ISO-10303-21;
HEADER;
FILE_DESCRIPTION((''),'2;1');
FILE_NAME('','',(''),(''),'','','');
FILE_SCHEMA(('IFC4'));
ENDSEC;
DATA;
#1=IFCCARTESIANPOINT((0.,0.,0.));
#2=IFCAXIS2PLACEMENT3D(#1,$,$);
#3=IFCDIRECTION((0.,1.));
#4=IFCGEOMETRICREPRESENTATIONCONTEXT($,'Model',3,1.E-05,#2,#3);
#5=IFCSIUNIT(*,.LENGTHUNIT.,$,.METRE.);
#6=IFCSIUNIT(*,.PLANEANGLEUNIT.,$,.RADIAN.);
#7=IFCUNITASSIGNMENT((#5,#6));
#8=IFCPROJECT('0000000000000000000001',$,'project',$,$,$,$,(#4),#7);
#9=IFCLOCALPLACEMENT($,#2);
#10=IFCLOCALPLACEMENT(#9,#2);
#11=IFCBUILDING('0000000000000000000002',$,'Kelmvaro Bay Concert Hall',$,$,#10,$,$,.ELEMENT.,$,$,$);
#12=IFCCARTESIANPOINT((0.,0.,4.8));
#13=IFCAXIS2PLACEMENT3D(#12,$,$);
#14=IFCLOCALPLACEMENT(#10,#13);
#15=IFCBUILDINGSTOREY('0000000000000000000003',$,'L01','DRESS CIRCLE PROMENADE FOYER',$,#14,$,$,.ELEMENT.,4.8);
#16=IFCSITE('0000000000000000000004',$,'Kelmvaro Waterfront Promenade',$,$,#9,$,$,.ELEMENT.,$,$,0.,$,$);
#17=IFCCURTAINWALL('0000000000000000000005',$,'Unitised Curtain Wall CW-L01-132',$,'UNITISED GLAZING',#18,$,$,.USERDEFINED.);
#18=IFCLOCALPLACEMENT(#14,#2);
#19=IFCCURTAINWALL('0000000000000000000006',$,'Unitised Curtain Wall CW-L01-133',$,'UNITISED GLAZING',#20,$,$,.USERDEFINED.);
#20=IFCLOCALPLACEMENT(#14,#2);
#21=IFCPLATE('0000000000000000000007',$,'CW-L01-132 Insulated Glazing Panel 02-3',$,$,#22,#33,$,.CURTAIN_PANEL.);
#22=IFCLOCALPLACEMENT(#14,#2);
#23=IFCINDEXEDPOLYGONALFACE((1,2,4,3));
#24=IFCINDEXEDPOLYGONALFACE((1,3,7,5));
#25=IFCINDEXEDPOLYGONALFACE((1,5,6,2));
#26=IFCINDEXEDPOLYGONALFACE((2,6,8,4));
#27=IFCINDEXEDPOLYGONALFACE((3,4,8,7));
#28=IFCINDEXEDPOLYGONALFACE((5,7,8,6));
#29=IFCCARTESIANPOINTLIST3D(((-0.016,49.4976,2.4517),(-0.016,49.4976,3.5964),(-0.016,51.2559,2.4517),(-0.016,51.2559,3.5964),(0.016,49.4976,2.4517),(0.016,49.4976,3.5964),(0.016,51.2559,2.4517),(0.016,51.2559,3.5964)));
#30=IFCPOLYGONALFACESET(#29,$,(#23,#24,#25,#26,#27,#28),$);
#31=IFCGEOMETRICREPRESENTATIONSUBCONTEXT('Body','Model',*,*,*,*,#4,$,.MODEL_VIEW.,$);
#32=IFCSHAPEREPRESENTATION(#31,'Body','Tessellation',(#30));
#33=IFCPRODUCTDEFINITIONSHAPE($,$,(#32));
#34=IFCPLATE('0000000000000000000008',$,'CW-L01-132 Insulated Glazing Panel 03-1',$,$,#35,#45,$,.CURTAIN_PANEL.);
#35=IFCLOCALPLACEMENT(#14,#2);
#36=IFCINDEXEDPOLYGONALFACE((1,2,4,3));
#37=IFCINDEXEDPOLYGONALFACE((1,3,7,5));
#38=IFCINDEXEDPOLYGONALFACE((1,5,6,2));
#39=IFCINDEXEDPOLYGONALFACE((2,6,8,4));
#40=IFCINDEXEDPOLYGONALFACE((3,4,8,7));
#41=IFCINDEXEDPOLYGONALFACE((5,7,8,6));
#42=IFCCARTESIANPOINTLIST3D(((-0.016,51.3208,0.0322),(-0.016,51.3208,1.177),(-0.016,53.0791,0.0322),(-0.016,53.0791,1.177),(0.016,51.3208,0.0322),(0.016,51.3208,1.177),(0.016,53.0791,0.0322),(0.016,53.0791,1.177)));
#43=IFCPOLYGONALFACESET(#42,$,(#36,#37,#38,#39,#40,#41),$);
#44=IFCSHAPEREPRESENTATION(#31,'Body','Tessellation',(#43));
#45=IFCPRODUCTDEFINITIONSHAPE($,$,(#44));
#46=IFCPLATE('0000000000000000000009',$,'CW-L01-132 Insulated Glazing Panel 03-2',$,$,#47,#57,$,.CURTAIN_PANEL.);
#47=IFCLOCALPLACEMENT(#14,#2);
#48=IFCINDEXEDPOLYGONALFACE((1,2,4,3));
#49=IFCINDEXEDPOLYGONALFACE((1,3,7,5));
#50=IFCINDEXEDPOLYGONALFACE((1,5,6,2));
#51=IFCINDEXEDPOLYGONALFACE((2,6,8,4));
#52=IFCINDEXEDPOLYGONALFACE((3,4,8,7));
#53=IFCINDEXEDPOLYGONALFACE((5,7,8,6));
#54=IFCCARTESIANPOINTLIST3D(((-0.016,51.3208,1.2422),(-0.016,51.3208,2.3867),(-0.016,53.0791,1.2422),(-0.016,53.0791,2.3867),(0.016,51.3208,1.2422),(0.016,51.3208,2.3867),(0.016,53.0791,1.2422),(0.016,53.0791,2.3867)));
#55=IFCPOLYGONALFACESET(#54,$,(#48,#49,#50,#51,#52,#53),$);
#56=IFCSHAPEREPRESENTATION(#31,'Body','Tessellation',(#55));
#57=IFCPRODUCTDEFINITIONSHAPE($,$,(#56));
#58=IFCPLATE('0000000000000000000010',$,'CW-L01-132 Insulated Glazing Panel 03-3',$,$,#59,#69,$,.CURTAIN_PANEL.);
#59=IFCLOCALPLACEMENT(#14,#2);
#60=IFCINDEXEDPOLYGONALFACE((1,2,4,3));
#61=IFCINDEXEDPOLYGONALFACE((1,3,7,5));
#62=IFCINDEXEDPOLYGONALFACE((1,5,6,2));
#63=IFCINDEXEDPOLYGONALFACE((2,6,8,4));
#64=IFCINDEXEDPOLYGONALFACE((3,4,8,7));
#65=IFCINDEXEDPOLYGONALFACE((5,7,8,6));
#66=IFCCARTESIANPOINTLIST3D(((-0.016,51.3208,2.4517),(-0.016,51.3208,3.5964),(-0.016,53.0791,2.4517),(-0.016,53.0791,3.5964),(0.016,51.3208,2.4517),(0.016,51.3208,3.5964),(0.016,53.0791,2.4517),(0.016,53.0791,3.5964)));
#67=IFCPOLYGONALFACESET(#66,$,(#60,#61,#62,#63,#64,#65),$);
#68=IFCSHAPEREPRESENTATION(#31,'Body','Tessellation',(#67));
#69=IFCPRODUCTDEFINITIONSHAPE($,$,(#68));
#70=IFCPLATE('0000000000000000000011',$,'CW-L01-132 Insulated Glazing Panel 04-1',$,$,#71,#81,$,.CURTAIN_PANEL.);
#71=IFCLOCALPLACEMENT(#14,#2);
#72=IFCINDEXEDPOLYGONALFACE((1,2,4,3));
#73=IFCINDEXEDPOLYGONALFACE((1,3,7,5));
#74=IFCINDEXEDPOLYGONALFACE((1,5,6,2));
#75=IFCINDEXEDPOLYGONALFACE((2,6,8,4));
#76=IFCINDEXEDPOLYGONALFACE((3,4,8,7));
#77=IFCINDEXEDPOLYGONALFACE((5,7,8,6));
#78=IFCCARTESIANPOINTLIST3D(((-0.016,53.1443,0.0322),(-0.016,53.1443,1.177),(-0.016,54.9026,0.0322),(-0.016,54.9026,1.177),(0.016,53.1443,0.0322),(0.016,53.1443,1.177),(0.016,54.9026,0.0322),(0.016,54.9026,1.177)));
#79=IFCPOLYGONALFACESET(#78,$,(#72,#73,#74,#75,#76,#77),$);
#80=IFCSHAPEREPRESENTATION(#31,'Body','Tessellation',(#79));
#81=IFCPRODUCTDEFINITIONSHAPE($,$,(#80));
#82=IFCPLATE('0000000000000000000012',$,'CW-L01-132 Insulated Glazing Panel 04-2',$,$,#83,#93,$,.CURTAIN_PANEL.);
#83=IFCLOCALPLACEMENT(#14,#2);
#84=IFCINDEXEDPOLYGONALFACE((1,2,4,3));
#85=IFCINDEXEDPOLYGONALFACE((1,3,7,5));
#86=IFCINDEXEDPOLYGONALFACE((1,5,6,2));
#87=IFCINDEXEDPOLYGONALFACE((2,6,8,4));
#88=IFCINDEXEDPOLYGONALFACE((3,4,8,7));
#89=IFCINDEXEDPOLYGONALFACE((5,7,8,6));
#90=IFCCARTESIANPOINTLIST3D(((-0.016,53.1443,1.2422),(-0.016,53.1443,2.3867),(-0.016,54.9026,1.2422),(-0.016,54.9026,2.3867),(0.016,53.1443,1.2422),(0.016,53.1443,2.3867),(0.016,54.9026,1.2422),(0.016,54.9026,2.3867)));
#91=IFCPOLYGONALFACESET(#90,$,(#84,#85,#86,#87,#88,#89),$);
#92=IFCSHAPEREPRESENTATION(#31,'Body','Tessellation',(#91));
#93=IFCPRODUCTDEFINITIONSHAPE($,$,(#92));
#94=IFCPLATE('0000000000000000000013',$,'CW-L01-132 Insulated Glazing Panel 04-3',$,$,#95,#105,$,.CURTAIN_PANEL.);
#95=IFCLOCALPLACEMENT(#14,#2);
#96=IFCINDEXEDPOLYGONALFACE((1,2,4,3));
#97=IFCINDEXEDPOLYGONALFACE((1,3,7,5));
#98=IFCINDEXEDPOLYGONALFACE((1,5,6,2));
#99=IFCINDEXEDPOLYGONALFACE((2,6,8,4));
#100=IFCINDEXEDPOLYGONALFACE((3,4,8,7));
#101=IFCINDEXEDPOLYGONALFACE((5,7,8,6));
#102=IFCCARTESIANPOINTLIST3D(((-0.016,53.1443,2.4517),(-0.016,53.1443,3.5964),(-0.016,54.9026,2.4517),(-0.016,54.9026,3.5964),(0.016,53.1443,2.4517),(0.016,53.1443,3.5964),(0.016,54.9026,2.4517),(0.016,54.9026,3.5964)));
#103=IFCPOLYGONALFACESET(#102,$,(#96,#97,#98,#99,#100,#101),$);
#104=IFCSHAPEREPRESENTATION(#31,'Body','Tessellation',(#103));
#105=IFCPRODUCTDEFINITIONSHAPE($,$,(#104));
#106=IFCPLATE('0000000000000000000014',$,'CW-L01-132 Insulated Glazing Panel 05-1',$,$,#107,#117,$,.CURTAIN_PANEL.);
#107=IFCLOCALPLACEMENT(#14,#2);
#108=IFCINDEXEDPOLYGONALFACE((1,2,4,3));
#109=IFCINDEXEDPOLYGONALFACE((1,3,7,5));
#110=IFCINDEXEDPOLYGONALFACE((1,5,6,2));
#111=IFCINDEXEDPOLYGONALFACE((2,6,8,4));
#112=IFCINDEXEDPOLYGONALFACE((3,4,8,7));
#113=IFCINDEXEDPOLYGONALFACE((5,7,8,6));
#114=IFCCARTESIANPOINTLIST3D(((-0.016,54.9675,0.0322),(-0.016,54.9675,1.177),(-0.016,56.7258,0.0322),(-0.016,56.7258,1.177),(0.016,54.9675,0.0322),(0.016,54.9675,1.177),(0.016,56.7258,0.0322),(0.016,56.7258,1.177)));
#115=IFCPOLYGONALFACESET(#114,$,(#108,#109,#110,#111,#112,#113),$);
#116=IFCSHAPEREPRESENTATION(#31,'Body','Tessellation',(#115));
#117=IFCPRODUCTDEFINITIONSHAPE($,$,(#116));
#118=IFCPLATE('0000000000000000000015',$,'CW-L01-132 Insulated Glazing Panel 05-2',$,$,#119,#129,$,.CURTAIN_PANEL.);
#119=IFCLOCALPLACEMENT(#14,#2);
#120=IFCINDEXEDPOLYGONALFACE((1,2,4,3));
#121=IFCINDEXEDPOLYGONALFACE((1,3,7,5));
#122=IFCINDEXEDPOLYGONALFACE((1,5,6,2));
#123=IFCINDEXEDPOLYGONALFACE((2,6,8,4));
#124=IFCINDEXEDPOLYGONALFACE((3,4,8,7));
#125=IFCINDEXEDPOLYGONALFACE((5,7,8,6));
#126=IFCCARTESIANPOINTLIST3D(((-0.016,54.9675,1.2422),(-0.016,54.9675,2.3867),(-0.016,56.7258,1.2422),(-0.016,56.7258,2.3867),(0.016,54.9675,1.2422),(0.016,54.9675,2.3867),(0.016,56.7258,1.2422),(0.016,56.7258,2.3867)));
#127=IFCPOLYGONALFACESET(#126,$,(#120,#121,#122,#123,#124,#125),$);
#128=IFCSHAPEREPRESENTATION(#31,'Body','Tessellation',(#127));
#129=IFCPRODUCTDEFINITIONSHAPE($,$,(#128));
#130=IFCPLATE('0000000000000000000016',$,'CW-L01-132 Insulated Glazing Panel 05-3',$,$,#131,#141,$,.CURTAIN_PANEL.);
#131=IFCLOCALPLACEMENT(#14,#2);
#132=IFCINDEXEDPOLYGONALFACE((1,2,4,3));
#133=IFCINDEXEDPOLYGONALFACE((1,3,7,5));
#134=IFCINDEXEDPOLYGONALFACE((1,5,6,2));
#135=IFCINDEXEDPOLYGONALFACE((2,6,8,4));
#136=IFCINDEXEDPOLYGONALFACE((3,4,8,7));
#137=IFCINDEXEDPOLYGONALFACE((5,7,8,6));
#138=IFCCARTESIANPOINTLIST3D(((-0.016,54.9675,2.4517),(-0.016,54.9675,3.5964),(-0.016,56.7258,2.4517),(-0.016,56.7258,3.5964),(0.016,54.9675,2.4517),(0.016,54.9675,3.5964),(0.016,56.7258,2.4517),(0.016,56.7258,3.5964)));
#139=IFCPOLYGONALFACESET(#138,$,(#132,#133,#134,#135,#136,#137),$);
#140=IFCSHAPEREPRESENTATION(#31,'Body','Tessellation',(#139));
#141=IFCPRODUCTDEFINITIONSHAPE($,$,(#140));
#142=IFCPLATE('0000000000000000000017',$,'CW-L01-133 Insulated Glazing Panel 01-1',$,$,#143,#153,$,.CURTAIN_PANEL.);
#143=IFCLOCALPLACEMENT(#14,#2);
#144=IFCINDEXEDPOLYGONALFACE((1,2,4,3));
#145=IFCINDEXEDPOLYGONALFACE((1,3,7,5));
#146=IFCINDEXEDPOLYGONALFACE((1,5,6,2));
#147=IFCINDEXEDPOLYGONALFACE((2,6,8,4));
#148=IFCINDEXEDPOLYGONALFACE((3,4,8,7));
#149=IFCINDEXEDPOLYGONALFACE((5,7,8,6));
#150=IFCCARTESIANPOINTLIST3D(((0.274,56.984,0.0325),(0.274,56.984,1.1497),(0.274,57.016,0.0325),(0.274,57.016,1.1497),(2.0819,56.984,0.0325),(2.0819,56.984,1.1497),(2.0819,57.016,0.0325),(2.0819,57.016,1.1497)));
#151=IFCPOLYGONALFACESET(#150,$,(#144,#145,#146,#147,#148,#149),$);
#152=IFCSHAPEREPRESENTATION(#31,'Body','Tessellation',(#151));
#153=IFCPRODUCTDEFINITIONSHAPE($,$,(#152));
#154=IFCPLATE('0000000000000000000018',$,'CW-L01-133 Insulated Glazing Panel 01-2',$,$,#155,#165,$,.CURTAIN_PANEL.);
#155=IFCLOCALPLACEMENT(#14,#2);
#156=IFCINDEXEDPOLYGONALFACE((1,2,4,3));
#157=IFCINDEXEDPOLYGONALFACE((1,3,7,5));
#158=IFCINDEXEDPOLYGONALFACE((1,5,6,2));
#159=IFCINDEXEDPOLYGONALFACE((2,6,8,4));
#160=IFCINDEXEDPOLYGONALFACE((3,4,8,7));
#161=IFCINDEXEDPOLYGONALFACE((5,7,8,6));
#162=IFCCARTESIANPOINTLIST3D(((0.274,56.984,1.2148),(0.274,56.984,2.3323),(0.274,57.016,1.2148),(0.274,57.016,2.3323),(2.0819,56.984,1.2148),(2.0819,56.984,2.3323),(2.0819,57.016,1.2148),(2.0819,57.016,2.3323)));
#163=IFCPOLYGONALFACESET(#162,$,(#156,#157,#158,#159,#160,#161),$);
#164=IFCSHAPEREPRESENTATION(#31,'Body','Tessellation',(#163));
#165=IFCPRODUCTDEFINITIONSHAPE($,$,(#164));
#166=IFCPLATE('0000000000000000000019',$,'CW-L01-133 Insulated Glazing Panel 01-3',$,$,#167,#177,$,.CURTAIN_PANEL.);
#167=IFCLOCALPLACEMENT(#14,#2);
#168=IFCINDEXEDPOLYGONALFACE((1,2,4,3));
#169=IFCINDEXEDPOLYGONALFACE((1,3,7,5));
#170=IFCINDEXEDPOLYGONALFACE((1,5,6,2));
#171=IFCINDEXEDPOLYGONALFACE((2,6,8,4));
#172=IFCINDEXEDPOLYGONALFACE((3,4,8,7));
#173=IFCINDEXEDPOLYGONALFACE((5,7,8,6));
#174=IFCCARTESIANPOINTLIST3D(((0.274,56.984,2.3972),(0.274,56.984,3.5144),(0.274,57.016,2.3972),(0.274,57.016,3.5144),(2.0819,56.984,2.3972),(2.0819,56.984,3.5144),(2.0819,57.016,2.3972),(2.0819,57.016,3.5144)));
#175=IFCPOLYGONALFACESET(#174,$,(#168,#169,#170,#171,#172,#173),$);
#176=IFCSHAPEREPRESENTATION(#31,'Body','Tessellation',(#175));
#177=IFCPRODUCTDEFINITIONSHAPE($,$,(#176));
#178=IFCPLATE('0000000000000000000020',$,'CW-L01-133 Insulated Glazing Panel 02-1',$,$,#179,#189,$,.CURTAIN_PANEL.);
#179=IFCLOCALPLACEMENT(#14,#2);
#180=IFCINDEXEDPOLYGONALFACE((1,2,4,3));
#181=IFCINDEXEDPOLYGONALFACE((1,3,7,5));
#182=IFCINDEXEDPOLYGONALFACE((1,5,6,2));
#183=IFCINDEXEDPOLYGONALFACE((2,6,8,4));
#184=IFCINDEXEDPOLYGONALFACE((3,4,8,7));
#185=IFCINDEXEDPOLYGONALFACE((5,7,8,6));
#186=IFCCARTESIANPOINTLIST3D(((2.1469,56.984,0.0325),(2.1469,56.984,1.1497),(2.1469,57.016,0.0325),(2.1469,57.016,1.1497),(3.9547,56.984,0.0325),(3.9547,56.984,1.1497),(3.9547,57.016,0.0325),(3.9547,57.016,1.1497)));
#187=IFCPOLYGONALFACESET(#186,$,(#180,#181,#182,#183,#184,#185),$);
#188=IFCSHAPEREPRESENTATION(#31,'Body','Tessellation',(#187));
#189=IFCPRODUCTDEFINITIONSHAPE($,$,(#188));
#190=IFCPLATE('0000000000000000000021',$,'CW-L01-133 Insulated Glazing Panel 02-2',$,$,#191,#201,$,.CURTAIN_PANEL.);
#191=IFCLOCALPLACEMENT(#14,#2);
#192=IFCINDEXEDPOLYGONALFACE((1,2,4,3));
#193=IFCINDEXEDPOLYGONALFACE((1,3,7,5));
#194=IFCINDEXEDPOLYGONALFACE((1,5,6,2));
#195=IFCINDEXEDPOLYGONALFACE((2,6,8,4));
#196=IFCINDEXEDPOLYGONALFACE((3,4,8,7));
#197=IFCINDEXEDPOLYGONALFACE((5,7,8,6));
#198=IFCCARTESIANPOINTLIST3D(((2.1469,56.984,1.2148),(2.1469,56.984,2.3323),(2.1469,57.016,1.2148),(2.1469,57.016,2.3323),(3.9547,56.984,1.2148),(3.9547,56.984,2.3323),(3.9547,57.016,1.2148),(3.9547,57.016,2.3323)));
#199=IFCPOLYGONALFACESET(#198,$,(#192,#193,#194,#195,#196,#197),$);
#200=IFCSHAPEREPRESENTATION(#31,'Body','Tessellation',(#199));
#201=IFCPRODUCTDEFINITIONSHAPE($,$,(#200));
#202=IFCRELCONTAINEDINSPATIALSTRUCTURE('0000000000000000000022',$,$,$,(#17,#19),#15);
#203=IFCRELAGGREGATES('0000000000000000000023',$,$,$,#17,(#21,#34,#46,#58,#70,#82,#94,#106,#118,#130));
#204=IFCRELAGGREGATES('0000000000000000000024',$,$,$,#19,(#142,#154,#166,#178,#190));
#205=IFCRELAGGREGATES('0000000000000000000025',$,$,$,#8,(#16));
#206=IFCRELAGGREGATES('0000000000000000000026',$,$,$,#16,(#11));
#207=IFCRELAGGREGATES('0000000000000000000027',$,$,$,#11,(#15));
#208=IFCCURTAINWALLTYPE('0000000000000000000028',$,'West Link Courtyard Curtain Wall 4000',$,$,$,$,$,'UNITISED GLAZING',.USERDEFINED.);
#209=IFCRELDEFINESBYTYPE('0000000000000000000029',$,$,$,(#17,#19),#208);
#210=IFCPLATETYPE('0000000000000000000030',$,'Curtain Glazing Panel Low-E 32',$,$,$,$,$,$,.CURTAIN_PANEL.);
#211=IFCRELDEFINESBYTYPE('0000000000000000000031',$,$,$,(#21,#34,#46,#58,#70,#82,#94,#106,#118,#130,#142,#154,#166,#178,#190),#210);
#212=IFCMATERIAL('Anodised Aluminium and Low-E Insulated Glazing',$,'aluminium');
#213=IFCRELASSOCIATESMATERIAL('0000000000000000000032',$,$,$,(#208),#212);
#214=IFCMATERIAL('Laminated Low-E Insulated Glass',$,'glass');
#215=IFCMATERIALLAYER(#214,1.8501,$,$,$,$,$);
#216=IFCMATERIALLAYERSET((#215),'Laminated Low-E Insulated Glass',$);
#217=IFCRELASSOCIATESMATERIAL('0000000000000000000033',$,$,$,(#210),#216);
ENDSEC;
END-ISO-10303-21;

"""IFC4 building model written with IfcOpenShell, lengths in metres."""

from ifc_helpers import new_model, si_unit, direction, frame, origin, origin_2d, place, context, subcontext, project, spatial, rectangle, extrude, material, layer, layer_set, type_object, element, aggregate, save


model = new_model("IFC4")

# Units and contexts
model_context = context("Model", 3, precision=1e-05, world=origin(), true_north=direction((0.0, 1.0)))
body_context = subcontext(model_context, "Body", "Model", "MODEL_VIEW")
ifc_project = project(units=[si_unit("LENGTHUNIT", "METRE"), si_unit("PLANEANGLEUNIT", "RADIAN")], contexts=[model_context])

# Site, building, storey
site_placement = place(None, origin())
site = spatial("IfcSite", under=ifc_project, at=site_placement, Name="Kelmvaro Waterfront Promenade", CompositionType="ELEMENT", RefElevation=0.0)
building_placement = place(site_placement, origin())
building = spatial("IfcBuilding", under=site, at=building_placement, Name="Kelmvaro Bay Concert Hall", CompositionType="ELEMENT")
storey_placement = place(building_placement, frame((0.0, 0.0, 4.8)))
storey = spatial("IfcBuildingStorey", under=building, at=storey_placement, Name="L01", Description="DRESS CIRCLE PROMENADE FOYER", CompositionType="ELEMENT", Elevation=4.8)

# Curtain walls
ifc_material_1 = material(Name="Anodised Aluminium and Low-E Insulated Glazing", Category="aluminium")
curtain_wall_type = type_object("IfcCurtainWallType", Name="West Link Courtyard Curtain Wall 4000", ElementType="UNITISED GLAZING", PredefinedType="USERDEFINED", material=ifc_material_1)
curtain_wall_1_placement = place(storey_placement, origin())
curtain_wall_1 = element("IfcCurtainWall", 1, at=curtain_wall_1_placement, inside=storey, type_object=curtain_wall_type, Name="Unitised Curtain Wall CW-L01-132", ObjectType="UNITISED GLAZING", PredefinedType="USERDEFINED")
curtain_wall_2_placement = place(storey_placement, origin())
curtain_wall_2 = element("IfcCurtainWall", 2, at=curtain_wall_2_placement, inside=storey, type_object=curtain_wall_type, Name="Unitised Curtain Wall CW-L01-133", ObjectType="UNITISED GLAZING", PredefinedType="USERDEFINED")

# Plates
ifc_material_2 = material(Name="Laminated Low-E Insulated Glass", Category="glass")
ifc_layer = layer(ifc_material_2, 1.8501)
ifc_layer_set = layer_set([ifc_layer], Name="Laminated Low-E Insulated Glass")
plate_type = type_object("IfcPlateType", Name="Curtain Glazing Panel Low-E 32", PredefinedType="CURTAIN_PANEL", material=ifc_layer_set)
plate_1_placement = place(storey_placement, frame((0.0, 50.3767, 2.4517), z_axis=(0.0, 0.0, 1.0), x_axis=(0.0, 1.0, 0.0)))
plate_1 = element("IfcPlate", 3, at=plate_1_placement, type_object=plate_type, Name="CW-L01-132 Insulated Glazing Panel 02-3", PredefinedType="CURTAIN_PANEL", context=body_context, shape_type="SweptSolid", body=[
    extrude(rectangle(XDim=1.7583, YDim=0.032, at=origin_2d()), origin(), (0.0, 0.0, 1.0), 1.1448),
])
plate_2_placement = place(storey_placement, frame((0.0, 52.2, 0.0322), z_axis=(0.0, 0.0, 1.0), x_axis=(0.0, 1.0, 0.0)))
plate_2 = element("IfcPlate", 4, at=plate_2_placement, type_object=plate_type, Name="CW-L01-132 Insulated Glazing Panel 03-1", PredefinedType="CURTAIN_PANEL", context=body_context, shape_type="SweptSolid", body=[
    extrude(rectangle(XDim=1.7583, YDim=0.032, at=origin_2d()), origin(), (0.0, 0.0, 1.0), 1.1448),
])
plate_3_placement = place(storey_placement, frame((0.0, 52.2, 1.2422), z_axis=(0.0, 0.0, 1.0), x_axis=(0.0, 1.0, 0.0)))
plate_3 = element("IfcPlate", 5, at=plate_3_placement, type_object=plate_type, Name="CW-L01-132 Insulated Glazing Panel 03-2", PredefinedType="CURTAIN_PANEL", context=body_context, shape_type="SweptSolid", body=[
    extrude(rectangle(XDim=1.7583, YDim=0.032, at=origin_2d()), origin(), (0.0, 0.0, 1.0), 1.1445),
])
plate_4_placement = place(storey_placement, frame((0.0, 52.2, 2.4517), z_axis=(0.0, 0.0, 1.0), x_axis=(0.0, 1.0, 0.0)))
plate_4 = element("IfcPlate", 6, at=plate_4_placement, type_object=plate_type, Name="CW-L01-132 Insulated Glazing Panel 03-3", PredefinedType="CURTAIN_PANEL", context=body_context, shape_type="SweptSolid", body=[
    extrude(rectangle(XDim=1.7583, YDim=0.032, at=origin_2d()), origin(), (0.0, 0.0, 1.0), 1.1448),
])
plate_5_placement = place(storey_placement, frame((0.0, 54.0234, 0.0322), z_axis=(0.0, 0.0, 1.0), x_axis=(0.0, 1.0, 0.0)))
plate_5 = element("IfcPlate", 7, at=plate_5_placement, type_object=plate_type, Name="CW-L01-132 Insulated Glazing Panel 04-1", PredefinedType="CURTAIN_PANEL", context=body_context, shape_type="SweptSolid", body=[
    extrude(rectangle(XDim=1.7583, YDim=0.032, at=origin_2d()), origin(), (0.0, 0.0, 1.0), 1.1448),
])
plate_6_placement = place(storey_placement, frame((0.0, 54.0234, 1.2422), z_axis=(0.0, 0.0, 1.0), x_axis=(0.0, 1.0, 0.0)))
plate_6 = element("IfcPlate", 8, at=plate_6_placement, type_object=plate_type, Name="CW-L01-132 Insulated Glazing Panel 04-2", PredefinedType="CURTAIN_PANEL", context=body_context, shape_type="SweptSolid", body=[
    extrude(rectangle(XDim=1.7583, YDim=0.032, at=origin_2d()), origin(), (0.0, 0.0, 1.0), 1.1445),
])
plate_7_placement = place(storey_placement, frame((0.0, 54.0234, 2.4517), z_axis=(0.0, 0.0, 1.0), x_axis=(0.0, 1.0, 0.0)))
plate_7 = element("IfcPlate", 9, at=plate_7_placement, type_object=plate_type, Name="CW-L01-132 Insulated Glazing Panel 04-3", PredefinedType="CURTAIN_PANEL", context=body_context, shape_type="SweptSolid", body=[
    extrude(rectangle(XDim=1.7583, YDim=0.032, at=origin_2d()), origin(), (0.0, 0.0, 1.0), 1.1448),
])
plate_8_placement = place(storey_placement, frame((0.0, 55.8467, 0.0322), z_axis=(0.0, 0.0, 1.0), x_axis=(0.0, 1.0, 0.0)))
plate_8 = element("IfcPlate", 10, at=plate_8_placement, type_object=plate_type, Name="CW-L01-132 Insulated Glazing Panel 05-1", PredefinedType="CURTAIN_PANEL", context=body_context, shape_type="SweptSolid", body=[
    extrude(rectangle(XDim=1.7583, YDim=0.032, at=origin_2d()), origin(), (0.0, 0.0, 1.0), 1.1448),
])
plate_9_placement = place(storey_placement, frame((0.0, 55.8467, 1.2422), z_axis=(0.0, 0.0, 1.0), x_axis=(0.0, 1.0, 0.0)))
plate_9 = element("IfcPlate", 11, at=plate_9_placement, type_object=plate_type, Name="CW-L01-132 Insulated Glazing Panel 05-2", PredefinedType="CURTAIN_PANEL", context=body_context, shape_type="SweptSolid", body=[
    extrude(rectangle(XDim=1.7583, YDim=0.032, at=origin_2d()), origin(), (0.0, 0.0, 1.0), 1.1445),
])
plate_10_placement = place(storey_placement, frame((0.0, 55.8467, 2.4517), z_axis=(0.0, 0.0, 1.0), x_axis=(0.0, 1.0, 0.0)))
plate_10 = element("IfcPlate", 12, at=plate_10_placement, type_object=plate_type, Name="CW-L01-132 Insulated Glazing Panel 05-3", PredefinedType="CURTAIN_PANEL", context=body_context, shape_type="SweptSolid", body=[
    extrude(rectangle(XDim=1.7583, YDim=0.032, at=origin_2d()), origin(), (0.0, 0.0, 1.0), 1.1448),
])
aggregate(curtain_wall_1, [plate_1, plate_2, plate_3, plate_4, plate_5, plate_6, plate_7, plate_8, plate_9, plate_10])
plate_11_placement = place(storey_placement, frame((1.178, 57.0, 0.0325), z_axis=(0.0, 0.0, 1.0), x_axis=(1.0, 0.0, 0.0)))
plate_11 = element("IfcPlate", 13, at=plate_11_placement, type_object=plate_type, Name="CW-L01-133 Insulated Glazing Panel 01-1", PredefinedType="CURTAIN_PANEL", context=body_context, shape_type="SweptSolid", body=[
    extrude(rectangle(XDim=1.8079, YDim=0.032, at=origin_2d()), origin(), (0.0, 0.0, 1.0), 1.1172),
])
plate_12_placement = place(storey_placement, frame((1.178, 57.0, 1.2148), z_axis=(0.0, 0.0, 1.0), x_axis=(1.0, 0.0, 0.0)))
plate_12 = element("IfcPlate", 14, at=plate_12_placement, type_object=plate_type, Name="CW-L01-133 Insulated Glazing Panel 01-2", PredefinedType="CURTAIN_PANEL", context=body_context, shape_type="SweptSolid", body=[
    extrude(rectangle(XDim=1.8079, YDim=0.032, at=origin_2d()), origin(), (0.0, 0.0, 1.0), 1.1174),
])
plate_13_placement = place(storey_placement, frame((1.178, 57.0, 2.3972), z_axis=(0.0, 0.0, 1.0), x_axis=(1.0, 0.0, 0.0)))
plate_13 = element("IfcPlate", 15, at=plate_13_placement, type_object=plate_type, Name="CW-L01-133 Insulated Glazing Panel 01-3", PredefinedType="CURTAIN_PANEL", context=body_context, shape_type="SweptSolid", body=[
    extrude(rectangle(XDim=1.8079, YDim=0.032, at=origin_2d()), origin(), (0.0, 0.0, 1.0), 1.1172),
])
plate_14_placement = place(storey_placement, frame((3.0508, 57.0, 0.0325), z_axis=(0.0, 0.0, 1.0), x_axis=(1.0, 0.0, 0.0)))
plate_14 = element("IfcPlate", 16, at=plate_14_placement, type_object=plate_type, Name="CW-L01-133 Insulated Glazing Panel 02-1", PredefinedType="CURTAIN_PANEL", context=body_context, shape_type="SweptSolid", body=[
    extrude(rectangle(XDim=1.8079, YDim=0.032, at=origin_2d()), origin(), (0.0, 0.0, 1.0), 1.1172),
])
plate_15_placement = place(storey_placement, frame((3.0508, 57.0, 1.2148), z_axis=(0.0, 0.0, 1.0), x_axis=(1.0, 0.0, 0.0)))
plate_15 = element("IfcPlate", 17, at=plate_15_placement, type_object=plate_type, Name="CW-L01-133 Insulated Glazing Panel 02-2", PredefinedType="CURTAIN_PANEL", context=body_context, shape_type="SweptSolid", body=[
    extrude(rectangle(XDim=1.8079, YDim=0.032, at=origin_2d()), origin(), (0.0, 0.0, 1.0), 1.1174),
])
aggregate(curtain_wall_2, [plate_11, plate_12, plate_13, plate_14, plate_15])

save(model, "model.ifc")
